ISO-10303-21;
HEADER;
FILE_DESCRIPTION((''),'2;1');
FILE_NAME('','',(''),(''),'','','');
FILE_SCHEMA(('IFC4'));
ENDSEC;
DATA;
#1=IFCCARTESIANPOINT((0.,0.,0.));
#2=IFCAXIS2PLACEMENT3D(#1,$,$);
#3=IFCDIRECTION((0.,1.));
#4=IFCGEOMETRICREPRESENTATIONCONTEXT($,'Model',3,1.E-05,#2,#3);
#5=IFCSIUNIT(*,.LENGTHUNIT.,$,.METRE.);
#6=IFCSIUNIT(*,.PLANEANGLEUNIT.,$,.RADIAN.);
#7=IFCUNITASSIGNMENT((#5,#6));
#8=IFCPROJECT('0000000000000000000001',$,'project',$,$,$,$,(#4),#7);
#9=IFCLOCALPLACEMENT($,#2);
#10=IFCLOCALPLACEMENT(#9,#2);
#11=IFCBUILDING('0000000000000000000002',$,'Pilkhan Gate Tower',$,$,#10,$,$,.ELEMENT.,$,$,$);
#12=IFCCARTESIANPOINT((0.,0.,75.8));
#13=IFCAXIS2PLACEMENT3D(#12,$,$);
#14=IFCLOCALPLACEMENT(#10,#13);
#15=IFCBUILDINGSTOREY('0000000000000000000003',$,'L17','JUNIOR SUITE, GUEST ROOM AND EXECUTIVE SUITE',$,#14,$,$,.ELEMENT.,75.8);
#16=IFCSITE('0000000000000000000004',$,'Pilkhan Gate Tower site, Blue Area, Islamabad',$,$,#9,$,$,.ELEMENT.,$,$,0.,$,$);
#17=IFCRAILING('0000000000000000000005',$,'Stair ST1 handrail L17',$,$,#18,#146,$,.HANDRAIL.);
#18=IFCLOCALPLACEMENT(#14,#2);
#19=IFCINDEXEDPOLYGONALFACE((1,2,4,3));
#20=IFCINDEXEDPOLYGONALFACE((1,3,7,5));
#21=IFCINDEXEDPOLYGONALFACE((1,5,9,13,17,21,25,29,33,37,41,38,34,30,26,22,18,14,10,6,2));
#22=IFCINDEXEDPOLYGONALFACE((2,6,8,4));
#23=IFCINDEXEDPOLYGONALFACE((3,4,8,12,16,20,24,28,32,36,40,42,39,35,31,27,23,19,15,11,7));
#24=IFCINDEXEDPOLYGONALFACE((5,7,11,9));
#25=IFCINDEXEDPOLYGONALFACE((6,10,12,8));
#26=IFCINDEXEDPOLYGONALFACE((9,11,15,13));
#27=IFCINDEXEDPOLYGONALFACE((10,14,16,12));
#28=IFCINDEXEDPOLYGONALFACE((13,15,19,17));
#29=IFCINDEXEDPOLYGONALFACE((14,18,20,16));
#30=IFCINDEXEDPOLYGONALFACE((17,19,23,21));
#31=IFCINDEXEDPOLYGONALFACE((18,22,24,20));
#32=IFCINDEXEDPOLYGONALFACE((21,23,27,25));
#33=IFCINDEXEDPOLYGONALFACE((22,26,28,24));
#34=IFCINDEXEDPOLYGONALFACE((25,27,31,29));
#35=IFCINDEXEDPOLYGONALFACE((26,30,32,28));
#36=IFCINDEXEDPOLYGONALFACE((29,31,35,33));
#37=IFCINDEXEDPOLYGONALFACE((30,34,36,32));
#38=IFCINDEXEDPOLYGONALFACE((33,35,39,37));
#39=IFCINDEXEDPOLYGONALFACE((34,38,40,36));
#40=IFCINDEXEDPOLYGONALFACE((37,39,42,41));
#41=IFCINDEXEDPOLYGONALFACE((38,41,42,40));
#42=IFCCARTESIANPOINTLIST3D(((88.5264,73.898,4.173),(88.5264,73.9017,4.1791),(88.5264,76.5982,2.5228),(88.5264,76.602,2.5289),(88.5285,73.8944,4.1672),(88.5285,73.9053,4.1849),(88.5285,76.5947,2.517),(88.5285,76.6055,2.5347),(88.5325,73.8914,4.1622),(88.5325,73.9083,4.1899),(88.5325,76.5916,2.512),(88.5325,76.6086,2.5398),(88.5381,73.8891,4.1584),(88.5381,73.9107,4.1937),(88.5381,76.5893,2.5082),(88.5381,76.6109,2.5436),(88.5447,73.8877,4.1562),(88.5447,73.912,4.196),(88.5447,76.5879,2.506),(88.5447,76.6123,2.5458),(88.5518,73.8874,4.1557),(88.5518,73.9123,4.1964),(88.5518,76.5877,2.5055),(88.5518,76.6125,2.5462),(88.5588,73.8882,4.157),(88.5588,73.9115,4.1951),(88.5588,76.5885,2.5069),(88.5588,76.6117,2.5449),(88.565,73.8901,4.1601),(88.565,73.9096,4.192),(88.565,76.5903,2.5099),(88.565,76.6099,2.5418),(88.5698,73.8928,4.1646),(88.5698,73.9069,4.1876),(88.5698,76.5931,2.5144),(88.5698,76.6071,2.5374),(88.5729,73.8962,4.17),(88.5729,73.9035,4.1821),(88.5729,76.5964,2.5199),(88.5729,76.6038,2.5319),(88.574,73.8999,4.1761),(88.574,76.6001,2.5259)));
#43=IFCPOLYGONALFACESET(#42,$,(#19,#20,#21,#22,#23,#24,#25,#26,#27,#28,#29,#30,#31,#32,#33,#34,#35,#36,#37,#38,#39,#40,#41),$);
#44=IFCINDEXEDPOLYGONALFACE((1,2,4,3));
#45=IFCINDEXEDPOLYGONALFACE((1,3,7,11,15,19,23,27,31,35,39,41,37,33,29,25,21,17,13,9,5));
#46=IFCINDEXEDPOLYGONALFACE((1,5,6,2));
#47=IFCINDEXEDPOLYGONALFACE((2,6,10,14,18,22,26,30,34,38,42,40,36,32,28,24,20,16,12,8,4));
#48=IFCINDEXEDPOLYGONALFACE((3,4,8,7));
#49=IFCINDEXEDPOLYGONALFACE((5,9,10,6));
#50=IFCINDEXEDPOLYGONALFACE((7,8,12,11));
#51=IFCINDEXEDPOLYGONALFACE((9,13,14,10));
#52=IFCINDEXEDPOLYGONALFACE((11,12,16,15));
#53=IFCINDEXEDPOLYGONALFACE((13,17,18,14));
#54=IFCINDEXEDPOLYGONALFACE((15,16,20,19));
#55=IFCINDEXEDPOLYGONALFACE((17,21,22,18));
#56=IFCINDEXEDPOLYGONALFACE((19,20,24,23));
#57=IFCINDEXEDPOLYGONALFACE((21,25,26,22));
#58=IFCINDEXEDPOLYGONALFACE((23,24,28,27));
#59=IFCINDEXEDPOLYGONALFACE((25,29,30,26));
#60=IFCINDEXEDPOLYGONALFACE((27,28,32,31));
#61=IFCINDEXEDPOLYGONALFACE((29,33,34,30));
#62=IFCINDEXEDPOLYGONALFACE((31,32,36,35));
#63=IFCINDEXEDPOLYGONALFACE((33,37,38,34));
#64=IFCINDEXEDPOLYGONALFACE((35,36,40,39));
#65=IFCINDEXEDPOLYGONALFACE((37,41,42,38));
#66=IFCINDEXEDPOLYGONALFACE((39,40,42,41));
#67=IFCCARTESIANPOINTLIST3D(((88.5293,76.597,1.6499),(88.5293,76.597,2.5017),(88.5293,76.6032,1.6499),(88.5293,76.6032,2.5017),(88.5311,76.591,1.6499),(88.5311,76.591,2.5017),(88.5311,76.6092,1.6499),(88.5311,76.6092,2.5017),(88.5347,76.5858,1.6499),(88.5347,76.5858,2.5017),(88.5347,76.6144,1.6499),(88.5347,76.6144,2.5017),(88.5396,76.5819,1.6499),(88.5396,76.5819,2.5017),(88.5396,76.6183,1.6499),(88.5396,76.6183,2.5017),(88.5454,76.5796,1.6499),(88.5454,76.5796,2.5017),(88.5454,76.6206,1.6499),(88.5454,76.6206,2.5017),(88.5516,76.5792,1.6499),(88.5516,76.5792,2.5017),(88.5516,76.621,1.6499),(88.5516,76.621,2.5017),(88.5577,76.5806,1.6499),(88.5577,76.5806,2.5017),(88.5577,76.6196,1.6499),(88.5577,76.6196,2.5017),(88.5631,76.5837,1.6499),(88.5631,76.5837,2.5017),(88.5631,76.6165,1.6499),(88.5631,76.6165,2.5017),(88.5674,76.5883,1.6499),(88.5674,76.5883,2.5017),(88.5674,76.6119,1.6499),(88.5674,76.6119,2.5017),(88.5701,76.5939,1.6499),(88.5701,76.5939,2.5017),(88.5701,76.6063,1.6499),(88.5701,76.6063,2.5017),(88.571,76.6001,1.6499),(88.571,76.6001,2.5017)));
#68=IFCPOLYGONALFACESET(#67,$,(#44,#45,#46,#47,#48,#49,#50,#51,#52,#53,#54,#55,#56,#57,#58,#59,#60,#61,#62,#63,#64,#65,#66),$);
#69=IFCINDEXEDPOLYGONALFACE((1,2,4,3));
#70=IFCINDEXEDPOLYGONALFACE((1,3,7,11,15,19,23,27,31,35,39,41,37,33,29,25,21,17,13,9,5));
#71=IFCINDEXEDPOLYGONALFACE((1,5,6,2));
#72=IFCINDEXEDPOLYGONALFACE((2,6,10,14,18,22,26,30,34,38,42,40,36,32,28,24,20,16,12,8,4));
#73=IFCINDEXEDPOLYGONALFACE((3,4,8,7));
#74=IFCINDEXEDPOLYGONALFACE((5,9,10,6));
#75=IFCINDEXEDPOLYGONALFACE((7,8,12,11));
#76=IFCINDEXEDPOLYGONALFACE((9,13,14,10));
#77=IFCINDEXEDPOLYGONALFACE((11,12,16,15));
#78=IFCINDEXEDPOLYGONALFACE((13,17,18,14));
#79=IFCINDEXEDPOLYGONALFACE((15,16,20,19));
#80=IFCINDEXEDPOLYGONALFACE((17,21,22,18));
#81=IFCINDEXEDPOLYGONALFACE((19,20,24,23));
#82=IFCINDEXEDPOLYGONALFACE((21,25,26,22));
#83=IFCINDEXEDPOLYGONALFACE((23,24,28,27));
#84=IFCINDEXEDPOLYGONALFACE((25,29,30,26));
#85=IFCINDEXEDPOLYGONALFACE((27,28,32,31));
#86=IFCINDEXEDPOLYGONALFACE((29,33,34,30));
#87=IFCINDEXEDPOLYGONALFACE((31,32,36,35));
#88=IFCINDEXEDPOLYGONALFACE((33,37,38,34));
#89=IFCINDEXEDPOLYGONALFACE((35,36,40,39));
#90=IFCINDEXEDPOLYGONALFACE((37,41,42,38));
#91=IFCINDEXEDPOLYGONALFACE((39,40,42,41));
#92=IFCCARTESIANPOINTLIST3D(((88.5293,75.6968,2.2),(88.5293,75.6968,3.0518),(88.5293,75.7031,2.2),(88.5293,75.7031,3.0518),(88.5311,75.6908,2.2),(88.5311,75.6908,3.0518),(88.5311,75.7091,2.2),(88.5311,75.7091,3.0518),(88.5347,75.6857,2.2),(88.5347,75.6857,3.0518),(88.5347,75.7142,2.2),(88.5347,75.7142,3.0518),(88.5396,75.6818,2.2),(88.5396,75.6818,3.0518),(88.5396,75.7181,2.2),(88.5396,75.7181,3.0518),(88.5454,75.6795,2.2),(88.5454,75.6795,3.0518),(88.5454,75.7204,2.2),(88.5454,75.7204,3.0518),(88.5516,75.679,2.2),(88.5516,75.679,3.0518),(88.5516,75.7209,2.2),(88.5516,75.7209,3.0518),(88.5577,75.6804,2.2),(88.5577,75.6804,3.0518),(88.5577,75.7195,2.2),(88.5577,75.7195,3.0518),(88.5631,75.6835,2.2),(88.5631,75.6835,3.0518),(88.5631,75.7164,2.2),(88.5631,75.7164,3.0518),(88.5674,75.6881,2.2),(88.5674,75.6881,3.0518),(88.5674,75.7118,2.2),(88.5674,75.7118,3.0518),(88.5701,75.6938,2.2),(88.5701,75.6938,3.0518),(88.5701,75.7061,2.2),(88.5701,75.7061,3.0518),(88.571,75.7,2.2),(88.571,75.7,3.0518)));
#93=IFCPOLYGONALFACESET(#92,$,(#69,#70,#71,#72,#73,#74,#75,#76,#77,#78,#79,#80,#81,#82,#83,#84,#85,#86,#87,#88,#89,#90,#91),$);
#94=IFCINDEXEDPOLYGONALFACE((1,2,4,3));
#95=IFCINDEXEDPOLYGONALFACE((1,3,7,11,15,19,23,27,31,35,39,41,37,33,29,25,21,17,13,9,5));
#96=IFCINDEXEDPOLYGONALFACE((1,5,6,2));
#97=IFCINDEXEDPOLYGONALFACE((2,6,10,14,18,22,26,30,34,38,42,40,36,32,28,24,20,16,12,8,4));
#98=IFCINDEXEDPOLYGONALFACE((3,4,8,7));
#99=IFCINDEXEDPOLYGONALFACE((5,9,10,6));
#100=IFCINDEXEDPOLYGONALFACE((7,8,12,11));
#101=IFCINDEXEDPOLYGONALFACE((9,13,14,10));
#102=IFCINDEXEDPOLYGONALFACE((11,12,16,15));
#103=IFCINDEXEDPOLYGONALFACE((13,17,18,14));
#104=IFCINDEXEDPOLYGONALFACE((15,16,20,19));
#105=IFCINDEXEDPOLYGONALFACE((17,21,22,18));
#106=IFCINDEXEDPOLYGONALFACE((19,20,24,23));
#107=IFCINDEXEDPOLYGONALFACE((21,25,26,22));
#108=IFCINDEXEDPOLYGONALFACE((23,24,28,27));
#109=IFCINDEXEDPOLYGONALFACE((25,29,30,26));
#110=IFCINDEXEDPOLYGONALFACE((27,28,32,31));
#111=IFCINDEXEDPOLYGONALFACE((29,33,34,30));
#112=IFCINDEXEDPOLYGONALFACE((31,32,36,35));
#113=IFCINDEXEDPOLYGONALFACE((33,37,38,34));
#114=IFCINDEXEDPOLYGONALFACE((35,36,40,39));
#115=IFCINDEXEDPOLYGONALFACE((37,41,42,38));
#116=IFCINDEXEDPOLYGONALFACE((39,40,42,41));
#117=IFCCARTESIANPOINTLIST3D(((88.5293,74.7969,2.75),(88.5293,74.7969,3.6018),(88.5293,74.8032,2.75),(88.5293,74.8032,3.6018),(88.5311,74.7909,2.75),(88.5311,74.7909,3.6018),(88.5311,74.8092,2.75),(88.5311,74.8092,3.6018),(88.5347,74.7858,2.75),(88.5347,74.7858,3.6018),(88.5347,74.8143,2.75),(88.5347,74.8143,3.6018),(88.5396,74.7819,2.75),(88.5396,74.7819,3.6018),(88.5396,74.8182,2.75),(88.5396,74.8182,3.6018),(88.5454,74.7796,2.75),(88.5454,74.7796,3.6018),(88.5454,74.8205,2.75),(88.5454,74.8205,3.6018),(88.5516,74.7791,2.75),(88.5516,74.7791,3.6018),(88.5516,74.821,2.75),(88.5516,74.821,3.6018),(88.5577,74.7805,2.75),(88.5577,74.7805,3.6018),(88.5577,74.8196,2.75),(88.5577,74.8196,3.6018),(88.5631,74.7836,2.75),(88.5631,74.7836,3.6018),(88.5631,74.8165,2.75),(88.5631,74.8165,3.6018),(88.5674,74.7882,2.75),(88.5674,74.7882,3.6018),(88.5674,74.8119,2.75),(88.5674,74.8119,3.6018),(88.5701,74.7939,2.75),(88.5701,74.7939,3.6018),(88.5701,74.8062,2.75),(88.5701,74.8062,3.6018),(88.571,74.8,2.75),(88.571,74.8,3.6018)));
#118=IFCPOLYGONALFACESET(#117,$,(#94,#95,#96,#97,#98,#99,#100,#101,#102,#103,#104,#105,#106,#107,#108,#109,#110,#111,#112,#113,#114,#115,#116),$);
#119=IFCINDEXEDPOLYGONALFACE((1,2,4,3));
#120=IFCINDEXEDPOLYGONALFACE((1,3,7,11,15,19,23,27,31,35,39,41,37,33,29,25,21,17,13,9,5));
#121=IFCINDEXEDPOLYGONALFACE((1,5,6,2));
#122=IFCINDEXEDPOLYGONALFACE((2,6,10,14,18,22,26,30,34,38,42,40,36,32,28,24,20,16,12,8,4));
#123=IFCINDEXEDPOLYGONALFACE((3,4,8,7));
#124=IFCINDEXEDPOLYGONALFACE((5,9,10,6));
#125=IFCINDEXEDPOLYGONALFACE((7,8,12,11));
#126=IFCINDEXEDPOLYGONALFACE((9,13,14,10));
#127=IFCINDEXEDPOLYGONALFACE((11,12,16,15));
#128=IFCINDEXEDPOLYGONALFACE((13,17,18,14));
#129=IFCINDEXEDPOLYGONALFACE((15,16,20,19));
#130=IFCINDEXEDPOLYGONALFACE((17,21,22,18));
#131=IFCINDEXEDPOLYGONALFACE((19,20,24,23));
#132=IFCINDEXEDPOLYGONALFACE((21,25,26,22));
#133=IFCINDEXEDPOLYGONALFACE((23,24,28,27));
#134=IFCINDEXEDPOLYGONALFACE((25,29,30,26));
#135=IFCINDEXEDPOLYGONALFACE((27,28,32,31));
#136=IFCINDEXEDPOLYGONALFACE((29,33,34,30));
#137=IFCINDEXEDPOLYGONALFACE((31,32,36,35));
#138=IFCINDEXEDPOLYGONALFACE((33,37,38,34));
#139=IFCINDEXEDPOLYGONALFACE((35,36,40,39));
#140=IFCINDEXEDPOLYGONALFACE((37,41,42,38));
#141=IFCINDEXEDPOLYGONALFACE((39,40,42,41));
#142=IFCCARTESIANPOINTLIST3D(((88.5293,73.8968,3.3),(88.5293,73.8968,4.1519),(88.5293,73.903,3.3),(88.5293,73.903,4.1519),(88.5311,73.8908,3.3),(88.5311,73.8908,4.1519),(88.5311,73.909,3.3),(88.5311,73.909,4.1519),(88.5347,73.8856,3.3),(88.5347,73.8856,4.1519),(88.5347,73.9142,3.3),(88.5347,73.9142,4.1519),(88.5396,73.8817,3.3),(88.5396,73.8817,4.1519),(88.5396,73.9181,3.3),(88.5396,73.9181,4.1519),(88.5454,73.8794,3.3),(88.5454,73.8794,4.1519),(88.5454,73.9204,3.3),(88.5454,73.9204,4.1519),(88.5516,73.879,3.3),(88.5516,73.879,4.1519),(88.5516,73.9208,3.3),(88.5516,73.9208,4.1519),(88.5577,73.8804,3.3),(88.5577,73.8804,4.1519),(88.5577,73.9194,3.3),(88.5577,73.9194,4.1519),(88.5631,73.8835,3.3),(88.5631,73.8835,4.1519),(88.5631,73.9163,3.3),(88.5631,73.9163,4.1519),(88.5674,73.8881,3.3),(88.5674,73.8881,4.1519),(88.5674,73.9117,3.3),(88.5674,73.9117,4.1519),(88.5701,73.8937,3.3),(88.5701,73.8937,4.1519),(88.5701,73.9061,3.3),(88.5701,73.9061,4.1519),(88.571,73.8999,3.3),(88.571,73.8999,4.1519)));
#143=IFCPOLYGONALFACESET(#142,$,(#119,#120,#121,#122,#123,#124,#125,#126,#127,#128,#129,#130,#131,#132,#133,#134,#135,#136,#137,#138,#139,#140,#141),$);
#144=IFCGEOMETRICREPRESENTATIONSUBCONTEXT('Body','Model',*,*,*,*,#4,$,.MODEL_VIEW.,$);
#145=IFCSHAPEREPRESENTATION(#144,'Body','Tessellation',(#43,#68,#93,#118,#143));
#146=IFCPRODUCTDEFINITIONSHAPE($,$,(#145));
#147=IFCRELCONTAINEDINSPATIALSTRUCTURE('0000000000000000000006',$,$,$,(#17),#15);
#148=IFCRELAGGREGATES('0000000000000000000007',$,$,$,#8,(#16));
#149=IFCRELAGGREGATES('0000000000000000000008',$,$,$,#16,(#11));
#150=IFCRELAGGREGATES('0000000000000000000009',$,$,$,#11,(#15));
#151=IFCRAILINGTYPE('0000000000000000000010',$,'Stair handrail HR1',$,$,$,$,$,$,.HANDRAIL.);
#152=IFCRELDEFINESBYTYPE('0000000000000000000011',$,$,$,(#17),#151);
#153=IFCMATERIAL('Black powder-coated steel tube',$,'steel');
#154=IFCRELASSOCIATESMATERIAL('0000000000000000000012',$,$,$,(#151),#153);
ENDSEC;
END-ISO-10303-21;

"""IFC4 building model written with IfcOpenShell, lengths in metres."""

from ifc_helpers import new_model, si_unit, direction, frame, origin, origin_2d, place, context, subcontext, project, spatial, circle, extrude, material, type_object, element, save


model = new_model("IFC4")

# Units and contexts
model_context = context("Model", 3, precision=1e-05, world=origin(), true_north=direction((0.0, 1.0)))
body_context = subcontext(model_context, "Body", "Model", "MODEL_VIEW")
ifc_project = project(units=[si_unit("LENGTHUNIT", "METRE"), si_unit("PLANEANGLEUNIT", "RADIAN")], contexts=[model_context])

# Site, building, storey
site_placement = place(None, origin())
site = spatial("IfcSite", under=ifc_project, at=site_placement, Name="Pilkhan Gate Tower site, Blue Area, Islamabad", CompositionType="ELEMENT", RefElevation=0.0)
building_placement = place(site_placement, origin())
building = spatial("IfcBuilding", under=site, at=building_placement, Name="Pilkhan Gate Tower", CompositionType="ELEMENT")
storey_placement = place(building_placement, frame((0.0, 0.0, 75.8)))
storey = spatial("IfcBuildingStorey", under=building, at=storey_placement, Name="L17", Description="JUNIOR SUITE, GUEST ROOM AND EXECUTIVE SUITE", CompositionType="ELEMENT", Elevation=75.8)

# Railing
ifc_material_1 = material(Name="Black powder-coated steel tube", Category="steel")
railing_type_1 = type_object("IfcRailingType", Name="Stair handrail HR1", PredefinedType="HANDRAIL", material=ifc_material_1)
railing_1_placement = place(storey_placement, frame((88.55, 76.6001, 1.6499)))
element("IfcRailing", 1, at=railing_1_placement, inside=storey, type_object=railing_type_1, Name="Stair ST1 handrail L17", PredefinedType="HANDRAIL", context=body_context, shape_type="SweptSolid", body=[
    extrude(circle(Radius=0.0239, at=origin_2d()), frame((0.0, 0.0, 0.876), z_axis=(0.0, -0.853278, 0.521456), x_axis=(1.0, 0.0, 0.0)), (0.0, 0.0, 1.0), 3.1646),
    extrude(circle(Radius=0.021, at=origin_2d()), origin(), (0.0, 0.0, 1.0), 0.8518),
    extrude(circle(Radius=0.021, at=origin_2d()), frame((0.0, -0.9001, 0.55)), (0.0, 0.0, 1.0), 0.8518),
    extrude(circle(Radius=0.021, at=origin_2d()), frame((0.0, -1.8, 1.1001)), (0.0, 0.0, 1.0), 0.8518),
    extrude(circle(Radius=0.021, at=origin_2d()), frame((0.0, -2.7002, 1.6501)), (0.0, 0.0, 1.0), 0.8518),
])

save(model, "model.ifc")
